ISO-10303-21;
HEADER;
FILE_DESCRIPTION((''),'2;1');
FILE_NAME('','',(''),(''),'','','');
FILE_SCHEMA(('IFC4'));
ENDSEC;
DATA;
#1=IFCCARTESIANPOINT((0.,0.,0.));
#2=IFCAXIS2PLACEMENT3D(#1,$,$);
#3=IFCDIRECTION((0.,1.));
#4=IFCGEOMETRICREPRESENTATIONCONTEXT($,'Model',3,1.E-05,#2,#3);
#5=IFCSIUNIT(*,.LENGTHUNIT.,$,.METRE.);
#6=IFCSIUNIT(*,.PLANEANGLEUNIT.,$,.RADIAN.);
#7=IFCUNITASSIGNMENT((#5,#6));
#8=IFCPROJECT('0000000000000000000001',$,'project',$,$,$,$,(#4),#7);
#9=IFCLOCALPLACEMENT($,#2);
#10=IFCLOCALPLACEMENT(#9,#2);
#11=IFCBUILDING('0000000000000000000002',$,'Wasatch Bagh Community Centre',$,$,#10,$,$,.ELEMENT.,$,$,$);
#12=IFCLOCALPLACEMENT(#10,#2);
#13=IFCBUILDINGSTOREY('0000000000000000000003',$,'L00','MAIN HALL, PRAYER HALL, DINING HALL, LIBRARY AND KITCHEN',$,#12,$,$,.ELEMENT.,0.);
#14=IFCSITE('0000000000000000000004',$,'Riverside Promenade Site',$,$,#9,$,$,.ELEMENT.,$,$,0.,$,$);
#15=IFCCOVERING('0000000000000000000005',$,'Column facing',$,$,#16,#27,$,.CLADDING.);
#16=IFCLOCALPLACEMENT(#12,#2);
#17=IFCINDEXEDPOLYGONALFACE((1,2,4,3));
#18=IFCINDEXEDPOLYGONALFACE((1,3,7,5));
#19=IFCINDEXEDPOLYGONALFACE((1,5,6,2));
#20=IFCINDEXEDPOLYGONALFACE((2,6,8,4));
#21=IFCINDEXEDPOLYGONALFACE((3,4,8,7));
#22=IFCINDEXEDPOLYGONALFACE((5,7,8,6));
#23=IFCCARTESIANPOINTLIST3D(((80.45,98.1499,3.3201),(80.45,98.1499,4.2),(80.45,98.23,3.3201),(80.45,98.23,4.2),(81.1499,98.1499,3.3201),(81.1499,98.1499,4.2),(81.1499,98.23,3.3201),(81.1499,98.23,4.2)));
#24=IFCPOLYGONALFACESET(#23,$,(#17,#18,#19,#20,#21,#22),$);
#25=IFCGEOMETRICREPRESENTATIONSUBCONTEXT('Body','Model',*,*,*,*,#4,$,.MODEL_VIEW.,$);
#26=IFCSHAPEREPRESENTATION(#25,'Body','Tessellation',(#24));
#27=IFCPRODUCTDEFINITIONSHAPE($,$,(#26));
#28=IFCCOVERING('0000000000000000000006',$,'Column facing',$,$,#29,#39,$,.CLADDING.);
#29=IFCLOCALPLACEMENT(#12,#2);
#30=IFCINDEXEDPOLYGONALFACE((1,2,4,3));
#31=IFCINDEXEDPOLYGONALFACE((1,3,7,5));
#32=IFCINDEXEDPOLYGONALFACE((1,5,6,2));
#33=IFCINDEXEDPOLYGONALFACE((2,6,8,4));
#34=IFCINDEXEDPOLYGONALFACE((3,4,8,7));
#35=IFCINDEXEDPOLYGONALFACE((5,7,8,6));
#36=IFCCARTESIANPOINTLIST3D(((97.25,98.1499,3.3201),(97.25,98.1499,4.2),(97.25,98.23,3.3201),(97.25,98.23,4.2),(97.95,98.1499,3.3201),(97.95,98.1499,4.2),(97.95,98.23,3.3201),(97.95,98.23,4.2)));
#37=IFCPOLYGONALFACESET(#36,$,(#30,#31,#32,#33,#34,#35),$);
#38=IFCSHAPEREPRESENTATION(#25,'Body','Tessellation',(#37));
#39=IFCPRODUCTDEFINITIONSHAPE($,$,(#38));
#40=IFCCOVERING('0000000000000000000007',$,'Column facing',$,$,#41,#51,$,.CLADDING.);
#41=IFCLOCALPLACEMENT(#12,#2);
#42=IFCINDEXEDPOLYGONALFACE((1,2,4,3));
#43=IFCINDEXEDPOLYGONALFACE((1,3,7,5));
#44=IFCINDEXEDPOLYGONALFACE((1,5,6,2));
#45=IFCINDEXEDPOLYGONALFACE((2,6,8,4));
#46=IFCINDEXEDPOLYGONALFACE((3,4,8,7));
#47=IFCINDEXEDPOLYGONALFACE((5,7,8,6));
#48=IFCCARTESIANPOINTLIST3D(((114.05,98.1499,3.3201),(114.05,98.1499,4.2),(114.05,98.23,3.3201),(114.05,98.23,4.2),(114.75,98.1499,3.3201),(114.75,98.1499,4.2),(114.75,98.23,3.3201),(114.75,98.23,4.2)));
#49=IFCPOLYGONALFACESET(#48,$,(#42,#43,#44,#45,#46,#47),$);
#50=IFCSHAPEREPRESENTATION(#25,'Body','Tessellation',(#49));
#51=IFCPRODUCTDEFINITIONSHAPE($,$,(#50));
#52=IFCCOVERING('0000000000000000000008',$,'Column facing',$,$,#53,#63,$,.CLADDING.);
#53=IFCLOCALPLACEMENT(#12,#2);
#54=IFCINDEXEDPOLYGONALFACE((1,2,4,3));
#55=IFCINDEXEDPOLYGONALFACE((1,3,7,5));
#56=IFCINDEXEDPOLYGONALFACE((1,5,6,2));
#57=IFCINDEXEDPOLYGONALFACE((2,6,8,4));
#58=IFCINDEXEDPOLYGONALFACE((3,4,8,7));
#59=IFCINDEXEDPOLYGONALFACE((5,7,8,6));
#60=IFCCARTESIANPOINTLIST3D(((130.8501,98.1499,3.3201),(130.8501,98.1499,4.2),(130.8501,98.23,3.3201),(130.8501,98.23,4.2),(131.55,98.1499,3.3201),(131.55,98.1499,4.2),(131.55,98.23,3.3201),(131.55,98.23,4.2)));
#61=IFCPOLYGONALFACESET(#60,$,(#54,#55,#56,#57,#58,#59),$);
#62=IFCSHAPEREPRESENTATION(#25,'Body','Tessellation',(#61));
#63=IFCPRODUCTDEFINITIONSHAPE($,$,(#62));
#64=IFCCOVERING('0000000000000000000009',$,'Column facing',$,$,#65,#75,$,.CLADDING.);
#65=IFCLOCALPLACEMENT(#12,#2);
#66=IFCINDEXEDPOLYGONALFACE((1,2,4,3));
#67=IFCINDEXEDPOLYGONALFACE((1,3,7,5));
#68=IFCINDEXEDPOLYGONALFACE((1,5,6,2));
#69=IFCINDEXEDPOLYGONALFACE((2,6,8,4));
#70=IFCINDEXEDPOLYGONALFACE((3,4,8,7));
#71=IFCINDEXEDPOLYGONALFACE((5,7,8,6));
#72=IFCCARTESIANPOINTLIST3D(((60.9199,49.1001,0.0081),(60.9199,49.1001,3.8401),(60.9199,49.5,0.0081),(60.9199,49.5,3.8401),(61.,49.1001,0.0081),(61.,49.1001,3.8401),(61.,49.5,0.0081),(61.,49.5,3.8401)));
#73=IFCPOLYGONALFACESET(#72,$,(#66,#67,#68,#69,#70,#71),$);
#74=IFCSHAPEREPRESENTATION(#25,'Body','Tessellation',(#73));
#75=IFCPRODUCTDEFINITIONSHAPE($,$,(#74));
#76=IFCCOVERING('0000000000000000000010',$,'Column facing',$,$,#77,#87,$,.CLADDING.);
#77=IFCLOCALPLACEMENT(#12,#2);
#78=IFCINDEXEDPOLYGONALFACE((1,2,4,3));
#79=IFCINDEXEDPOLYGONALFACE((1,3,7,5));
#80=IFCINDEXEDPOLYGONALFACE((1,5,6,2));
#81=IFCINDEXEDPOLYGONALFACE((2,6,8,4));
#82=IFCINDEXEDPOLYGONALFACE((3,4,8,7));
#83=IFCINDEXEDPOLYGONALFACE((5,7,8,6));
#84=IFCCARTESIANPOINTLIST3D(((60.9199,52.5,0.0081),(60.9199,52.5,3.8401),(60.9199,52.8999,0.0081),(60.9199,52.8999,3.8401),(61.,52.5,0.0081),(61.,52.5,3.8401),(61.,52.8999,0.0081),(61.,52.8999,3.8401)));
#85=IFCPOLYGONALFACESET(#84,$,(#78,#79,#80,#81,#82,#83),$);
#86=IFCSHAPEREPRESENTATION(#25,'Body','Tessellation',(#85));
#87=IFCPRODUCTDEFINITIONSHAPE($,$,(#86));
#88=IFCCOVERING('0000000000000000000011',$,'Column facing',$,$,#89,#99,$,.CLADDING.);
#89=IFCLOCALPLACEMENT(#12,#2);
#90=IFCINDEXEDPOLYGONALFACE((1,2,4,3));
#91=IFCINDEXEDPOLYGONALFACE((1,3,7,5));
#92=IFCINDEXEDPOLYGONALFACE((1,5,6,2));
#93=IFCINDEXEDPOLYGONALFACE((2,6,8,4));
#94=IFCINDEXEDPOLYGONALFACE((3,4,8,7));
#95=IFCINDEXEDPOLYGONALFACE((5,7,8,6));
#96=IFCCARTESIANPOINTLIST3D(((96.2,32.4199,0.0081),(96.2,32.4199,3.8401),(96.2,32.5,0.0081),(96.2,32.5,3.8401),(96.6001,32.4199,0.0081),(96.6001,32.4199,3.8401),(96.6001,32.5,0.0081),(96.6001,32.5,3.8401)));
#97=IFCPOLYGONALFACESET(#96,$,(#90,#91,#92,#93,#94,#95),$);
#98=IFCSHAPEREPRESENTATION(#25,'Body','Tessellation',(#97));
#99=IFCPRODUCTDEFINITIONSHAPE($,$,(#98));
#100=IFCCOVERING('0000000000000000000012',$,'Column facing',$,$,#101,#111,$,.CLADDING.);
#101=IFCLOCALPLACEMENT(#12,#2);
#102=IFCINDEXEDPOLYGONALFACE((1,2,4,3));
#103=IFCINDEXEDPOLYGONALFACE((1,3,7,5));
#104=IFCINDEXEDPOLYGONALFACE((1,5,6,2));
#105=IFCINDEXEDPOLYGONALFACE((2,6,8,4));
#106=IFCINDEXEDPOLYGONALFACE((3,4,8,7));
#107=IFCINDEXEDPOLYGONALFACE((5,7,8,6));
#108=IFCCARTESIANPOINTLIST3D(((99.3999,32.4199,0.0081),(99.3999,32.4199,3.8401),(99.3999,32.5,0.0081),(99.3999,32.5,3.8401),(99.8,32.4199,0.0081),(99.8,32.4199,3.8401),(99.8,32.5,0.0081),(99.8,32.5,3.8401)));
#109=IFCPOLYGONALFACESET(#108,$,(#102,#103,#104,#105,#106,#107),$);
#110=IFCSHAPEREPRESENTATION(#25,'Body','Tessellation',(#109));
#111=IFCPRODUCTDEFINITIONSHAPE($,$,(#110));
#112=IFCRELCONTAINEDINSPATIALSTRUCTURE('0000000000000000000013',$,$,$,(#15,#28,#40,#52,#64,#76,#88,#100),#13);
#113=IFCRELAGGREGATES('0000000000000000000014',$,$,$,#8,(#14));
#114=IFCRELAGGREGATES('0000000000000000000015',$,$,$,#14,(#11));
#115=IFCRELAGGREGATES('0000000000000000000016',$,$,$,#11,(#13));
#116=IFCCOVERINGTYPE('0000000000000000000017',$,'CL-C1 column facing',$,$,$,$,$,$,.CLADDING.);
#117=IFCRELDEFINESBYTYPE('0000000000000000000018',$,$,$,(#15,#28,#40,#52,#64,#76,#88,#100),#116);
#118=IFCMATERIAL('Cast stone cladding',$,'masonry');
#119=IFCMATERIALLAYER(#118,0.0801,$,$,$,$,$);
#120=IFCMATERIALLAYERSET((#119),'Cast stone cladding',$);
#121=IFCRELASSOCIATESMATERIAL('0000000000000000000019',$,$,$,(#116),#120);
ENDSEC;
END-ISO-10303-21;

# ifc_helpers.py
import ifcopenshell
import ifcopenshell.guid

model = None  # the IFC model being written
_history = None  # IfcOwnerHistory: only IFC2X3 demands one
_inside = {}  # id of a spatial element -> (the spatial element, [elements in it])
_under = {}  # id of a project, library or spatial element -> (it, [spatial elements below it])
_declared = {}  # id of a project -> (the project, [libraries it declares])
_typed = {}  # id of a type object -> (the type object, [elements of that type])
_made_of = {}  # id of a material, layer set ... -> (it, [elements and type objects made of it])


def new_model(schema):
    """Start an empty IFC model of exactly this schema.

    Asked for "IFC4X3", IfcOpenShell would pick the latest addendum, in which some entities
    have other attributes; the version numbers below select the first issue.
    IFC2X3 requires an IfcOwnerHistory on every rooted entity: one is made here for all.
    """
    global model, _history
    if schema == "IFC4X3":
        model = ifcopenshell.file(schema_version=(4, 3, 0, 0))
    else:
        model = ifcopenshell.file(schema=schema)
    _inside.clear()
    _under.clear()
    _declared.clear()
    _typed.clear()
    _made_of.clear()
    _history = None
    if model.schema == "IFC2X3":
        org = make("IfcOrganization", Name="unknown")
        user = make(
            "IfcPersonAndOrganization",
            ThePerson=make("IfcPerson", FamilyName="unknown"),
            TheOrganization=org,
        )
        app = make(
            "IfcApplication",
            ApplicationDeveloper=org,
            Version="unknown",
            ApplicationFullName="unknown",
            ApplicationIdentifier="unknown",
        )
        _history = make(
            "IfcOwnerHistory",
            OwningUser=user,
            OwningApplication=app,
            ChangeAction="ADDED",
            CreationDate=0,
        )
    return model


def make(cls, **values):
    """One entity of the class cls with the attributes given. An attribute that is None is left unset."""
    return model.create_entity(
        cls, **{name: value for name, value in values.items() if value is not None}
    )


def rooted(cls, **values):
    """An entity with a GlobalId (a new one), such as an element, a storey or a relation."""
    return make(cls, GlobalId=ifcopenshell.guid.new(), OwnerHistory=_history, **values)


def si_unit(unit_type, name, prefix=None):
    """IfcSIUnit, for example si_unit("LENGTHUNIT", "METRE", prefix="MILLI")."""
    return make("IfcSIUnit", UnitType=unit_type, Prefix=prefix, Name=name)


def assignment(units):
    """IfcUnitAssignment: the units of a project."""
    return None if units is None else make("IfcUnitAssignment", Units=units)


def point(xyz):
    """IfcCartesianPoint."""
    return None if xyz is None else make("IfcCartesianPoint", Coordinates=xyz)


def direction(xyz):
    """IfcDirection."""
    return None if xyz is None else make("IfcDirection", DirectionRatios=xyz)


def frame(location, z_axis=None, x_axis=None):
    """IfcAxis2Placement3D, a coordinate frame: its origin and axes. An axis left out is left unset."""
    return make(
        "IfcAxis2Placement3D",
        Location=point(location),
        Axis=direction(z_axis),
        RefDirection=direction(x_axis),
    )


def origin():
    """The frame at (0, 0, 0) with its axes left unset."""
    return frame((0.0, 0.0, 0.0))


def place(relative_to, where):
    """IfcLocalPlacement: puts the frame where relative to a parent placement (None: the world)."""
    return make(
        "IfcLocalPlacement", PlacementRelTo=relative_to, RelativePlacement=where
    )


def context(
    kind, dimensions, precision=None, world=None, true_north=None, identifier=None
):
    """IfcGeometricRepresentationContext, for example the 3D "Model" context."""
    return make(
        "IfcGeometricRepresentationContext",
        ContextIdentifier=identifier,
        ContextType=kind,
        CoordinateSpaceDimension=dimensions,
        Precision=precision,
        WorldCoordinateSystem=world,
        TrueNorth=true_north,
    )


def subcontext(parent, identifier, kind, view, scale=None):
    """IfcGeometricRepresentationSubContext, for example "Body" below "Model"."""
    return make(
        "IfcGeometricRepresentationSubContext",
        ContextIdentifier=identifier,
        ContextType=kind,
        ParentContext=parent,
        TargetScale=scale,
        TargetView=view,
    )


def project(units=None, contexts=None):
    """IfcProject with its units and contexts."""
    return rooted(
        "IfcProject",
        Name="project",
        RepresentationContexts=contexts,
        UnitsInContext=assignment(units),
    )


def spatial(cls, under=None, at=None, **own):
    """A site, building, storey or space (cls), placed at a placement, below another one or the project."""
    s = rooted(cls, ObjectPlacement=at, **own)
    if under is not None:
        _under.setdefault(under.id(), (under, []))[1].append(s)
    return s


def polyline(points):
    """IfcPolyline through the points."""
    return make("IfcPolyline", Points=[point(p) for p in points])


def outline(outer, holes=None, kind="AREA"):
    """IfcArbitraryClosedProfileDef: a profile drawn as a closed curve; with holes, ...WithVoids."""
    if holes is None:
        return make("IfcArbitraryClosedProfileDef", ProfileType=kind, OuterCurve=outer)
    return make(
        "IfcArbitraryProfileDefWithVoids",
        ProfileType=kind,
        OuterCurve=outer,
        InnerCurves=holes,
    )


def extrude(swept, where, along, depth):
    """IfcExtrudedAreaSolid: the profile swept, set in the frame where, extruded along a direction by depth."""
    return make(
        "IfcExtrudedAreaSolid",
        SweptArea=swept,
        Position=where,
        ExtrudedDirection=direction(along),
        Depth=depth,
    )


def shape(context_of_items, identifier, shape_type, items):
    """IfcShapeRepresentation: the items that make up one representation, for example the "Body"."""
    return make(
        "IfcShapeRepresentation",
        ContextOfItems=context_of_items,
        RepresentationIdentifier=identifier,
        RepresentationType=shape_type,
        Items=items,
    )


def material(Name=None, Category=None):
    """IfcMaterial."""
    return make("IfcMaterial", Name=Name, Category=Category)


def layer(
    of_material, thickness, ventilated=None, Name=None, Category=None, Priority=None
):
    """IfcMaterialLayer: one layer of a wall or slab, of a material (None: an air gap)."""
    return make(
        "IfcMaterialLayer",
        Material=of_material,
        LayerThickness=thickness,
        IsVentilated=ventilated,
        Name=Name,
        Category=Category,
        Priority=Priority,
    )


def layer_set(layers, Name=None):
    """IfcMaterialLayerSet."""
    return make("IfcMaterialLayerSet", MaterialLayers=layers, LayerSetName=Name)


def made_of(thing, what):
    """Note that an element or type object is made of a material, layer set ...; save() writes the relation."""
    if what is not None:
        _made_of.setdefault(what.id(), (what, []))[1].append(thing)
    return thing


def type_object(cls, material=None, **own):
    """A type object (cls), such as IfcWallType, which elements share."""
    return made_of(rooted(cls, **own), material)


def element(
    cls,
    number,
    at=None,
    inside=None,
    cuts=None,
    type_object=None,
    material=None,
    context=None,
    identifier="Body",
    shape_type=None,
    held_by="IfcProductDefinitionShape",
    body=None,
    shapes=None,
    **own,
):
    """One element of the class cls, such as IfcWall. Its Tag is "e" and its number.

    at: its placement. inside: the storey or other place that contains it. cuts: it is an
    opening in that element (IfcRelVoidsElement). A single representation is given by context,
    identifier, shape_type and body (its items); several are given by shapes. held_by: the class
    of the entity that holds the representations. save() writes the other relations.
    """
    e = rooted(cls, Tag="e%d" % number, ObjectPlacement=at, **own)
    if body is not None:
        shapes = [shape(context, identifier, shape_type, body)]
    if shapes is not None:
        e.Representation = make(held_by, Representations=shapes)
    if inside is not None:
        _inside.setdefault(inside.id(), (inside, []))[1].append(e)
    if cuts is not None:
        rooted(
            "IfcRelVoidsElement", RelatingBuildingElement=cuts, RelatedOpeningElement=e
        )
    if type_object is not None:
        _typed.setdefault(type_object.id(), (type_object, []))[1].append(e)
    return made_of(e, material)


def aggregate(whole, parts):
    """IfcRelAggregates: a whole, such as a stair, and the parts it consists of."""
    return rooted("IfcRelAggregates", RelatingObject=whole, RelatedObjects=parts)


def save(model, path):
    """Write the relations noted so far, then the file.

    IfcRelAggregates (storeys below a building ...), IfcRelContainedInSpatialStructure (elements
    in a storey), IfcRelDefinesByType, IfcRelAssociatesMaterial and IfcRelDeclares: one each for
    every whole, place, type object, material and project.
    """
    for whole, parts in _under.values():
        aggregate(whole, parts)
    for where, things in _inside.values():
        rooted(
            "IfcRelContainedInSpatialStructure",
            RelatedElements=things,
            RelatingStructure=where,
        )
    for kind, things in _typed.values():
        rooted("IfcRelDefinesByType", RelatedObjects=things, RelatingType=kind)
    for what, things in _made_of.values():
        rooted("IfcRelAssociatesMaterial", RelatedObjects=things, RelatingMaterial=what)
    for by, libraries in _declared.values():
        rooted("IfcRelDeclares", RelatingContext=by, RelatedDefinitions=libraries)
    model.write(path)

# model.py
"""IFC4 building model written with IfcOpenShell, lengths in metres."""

from ifc_helpers import new_model, si_unit, direction, frame, origin, place, context, subcontext, project, spatial, polyline, outline, extrude, material, layer, layer_set, type_object, element, save


model = new_model("IFC4")

# Units and contexts
model_context = context("Model", 3, precision=1e-05, world=origin(), true_north=direction((0.0, 1.0)))
body_context = subcontext(model_context, "Body", "Model", "MODEL_VIEW")
ifc_project = project(units=[si_unit("LENGTHUNIT", "METRE"), si_unit("PLANEANGLEUNIT", "RADIAN")], contexts=[model_context])

# Site, building, storey
site_placement = place(None, origin())
site = spatial("IfcSite", under=ifc_project, at=site_placement, Name="Riverside Promenade Site", CompositionType="ELEMENT", RefElevation=0.0)
building_placement = place(site_placement, origin())
building = spatial("IfcBuilding", under=site, at=building_placement, Name="Wasatch Bagh Community Centre", CompositionType="ELEMENT")
storey_placement = place(building_placement, origin())
storey = spatial("IfcBuildingStorey", under=building, at=storey_placement, Name="L00", Description="MAIN HALL, PRAYER HALL, DINING HALL, LIBRARY AND KITCHEN", CompositionType="ELEMENT", Elevation=0.0)

# Coverings
ifc_material = material(Name="Cast stone cladding", Category="masonry")
ifc_layer_1 = layer(ifc_material, 0.0801)
ifc_layer_set_1 = layer_set([ifc_layer_1], Name="Cast stone cladding")
covering_type_1 = type_object("IfcCoveringType", Name="CL-C1 column facing", PredefinedType="CLADDING", material=ifc_layer_set_1)
covering_1_placement = place(storey_placement, frame((0.0, 0.0, 3.3201)))
element("IfcCovering", 1, at=covering_1_placement, inside=storey, type_object=covering_type_1, Name="Column facing", PredefinedType="CLADDING", context=body_context, shape_type="SweptSolid", body=[
    extrude(outline(polyline([(81.1499, 98.1499), (80.45, 98.1499), (80.45, 98.23), (81.1499, 98.23), (81.1499, 98.1499)])), origin(), (0.0, 0.0, 1.0), 0.8799),
])
covering_2_placement = place(storey_placement, frame((0.0, 0.0, 3.3201)))
element("IfcCovering", 2, at=covering_2_placement, inside=storey, type_object=covering_type_1, Name="Column facing", PredefinedType="CLADDING", context=body_context, shape_type="SweptSolid", body=[
    extrude(outline(polyline([(97.95, 98.1499), (97.25, 98.1499), (97.25, 98.23), (97.95, 98.23), (97.95, 98.1499)])), origin(), (0.0, 0.0, 1.0), 0.8799),
])
covering_3_placement = place(storey_placement, frame((0.0, 0.0, 3.3201)))
element("IfcCovering", 3, at=covering_3_placement, inside=storey, type_object=covering_type_1, Name="Column facing", PredefinedType="CLADDING", context=body_context, shape_type="SweptSolid", body=[
    extrude(outline(polyline([(114.75, 98.1499), (114.05, 98.1499), (114.05, 98.23), (114.75, 98.23), (114.75, 98.1499)])), origin(), (0.0, 0.0, 1.0), 0.8799),
])
covering_4_placement = place(storey_placement, frame((0.0, 0.0, 3.3201)))
element("IfcCovering", 4, at=covering_4_placement, inside=storey, type_object=covering_type_1, Name="Column facing", PredefinedType="CLADDING", context=body_context, shape_type="SweptSolid", body=[
    extrude(outline(polyline([(131.55, 98.1499), (130.8501, 98.1499), (130.8501, 98.23), (131.55, 98.23), (131.55, 98.1499)])), origin(), (0.0, 0.0, 1.0), 0.8799),
])
covering_5_placement = place(storey_placement, frame((0.0, 0.0, 0.0081)))
element("IfcCovering", 5, at=covering_5_placement, inside=storey, type_object=covering_type_1, Name="Column facing", PredefinedType="CLADDING", context=body_context, shape_type="SweptSolid", body=[
    extrude(outline(polyline([(61.0, 49.5), (61.0, 49.1001), (60.9199, 49.1001), (60.9199, 49.5), (61.0, 49.5)])), origin(), (0.0, 0.0, 1.0), 3.832),
])
covering_6_placement = place(storey_placement, frame((0.0, 0.0, 0.0081)))
element("IfcCovering", 6, at=covering_6_placement, inside=storey, type_object=covering_type_1, Name="Column facing", PredefinedType="CLADDING", context=body_context, shape_type="SweptSolid", body=[
    extrude(outline(polyline([(61.0, 52.8999), (61.0, 52.5), (60.9199, 52.5), (60.9199, 52.8999), (61.0, 52.8999)])), origin(), (0.0, 0.0, 1.0), 3.832),
])
covering_7_placement = place(storey_placement, frame((0.0, 0.0, 0.0081)))
element("IfcCovering", 7, at=covering_7_placement, inside=storey, type_object=covering_type_1, Name="Column facing", PredefinedType="CLADDING", context=body_context, shape_type="SweptSolid", body=[
    extrude(outline(polyline([(96.2, 32.5), (96.6001, 32.5), (96.6001, 32.4199), (96.2, 32.4199), (96.2, 32.5)])), origin(), (0.0, 0.0, 1.0), 3.832),
])
covering_8_placement = place(storey_placement, frame((0.0, 0.0, 0.0081)))
element("IfcCovering", 8, at=covering_8_placement, inside=storey, type_object=covering_type_1, Name="Column facing", PredefinedType="CLADDING", context=body_context, shape_type="SweptSolid", body=[
    extrude(outline(polyline([(99.3999, 32.5), (99.8, 32.5), (99.8, 32.4199), (99.3999, 32.4199), (99.3999, 32.5)])), origin(), (0.0, 0.0, 1.0), 3.832),
])

save(model, "model.ifc")
